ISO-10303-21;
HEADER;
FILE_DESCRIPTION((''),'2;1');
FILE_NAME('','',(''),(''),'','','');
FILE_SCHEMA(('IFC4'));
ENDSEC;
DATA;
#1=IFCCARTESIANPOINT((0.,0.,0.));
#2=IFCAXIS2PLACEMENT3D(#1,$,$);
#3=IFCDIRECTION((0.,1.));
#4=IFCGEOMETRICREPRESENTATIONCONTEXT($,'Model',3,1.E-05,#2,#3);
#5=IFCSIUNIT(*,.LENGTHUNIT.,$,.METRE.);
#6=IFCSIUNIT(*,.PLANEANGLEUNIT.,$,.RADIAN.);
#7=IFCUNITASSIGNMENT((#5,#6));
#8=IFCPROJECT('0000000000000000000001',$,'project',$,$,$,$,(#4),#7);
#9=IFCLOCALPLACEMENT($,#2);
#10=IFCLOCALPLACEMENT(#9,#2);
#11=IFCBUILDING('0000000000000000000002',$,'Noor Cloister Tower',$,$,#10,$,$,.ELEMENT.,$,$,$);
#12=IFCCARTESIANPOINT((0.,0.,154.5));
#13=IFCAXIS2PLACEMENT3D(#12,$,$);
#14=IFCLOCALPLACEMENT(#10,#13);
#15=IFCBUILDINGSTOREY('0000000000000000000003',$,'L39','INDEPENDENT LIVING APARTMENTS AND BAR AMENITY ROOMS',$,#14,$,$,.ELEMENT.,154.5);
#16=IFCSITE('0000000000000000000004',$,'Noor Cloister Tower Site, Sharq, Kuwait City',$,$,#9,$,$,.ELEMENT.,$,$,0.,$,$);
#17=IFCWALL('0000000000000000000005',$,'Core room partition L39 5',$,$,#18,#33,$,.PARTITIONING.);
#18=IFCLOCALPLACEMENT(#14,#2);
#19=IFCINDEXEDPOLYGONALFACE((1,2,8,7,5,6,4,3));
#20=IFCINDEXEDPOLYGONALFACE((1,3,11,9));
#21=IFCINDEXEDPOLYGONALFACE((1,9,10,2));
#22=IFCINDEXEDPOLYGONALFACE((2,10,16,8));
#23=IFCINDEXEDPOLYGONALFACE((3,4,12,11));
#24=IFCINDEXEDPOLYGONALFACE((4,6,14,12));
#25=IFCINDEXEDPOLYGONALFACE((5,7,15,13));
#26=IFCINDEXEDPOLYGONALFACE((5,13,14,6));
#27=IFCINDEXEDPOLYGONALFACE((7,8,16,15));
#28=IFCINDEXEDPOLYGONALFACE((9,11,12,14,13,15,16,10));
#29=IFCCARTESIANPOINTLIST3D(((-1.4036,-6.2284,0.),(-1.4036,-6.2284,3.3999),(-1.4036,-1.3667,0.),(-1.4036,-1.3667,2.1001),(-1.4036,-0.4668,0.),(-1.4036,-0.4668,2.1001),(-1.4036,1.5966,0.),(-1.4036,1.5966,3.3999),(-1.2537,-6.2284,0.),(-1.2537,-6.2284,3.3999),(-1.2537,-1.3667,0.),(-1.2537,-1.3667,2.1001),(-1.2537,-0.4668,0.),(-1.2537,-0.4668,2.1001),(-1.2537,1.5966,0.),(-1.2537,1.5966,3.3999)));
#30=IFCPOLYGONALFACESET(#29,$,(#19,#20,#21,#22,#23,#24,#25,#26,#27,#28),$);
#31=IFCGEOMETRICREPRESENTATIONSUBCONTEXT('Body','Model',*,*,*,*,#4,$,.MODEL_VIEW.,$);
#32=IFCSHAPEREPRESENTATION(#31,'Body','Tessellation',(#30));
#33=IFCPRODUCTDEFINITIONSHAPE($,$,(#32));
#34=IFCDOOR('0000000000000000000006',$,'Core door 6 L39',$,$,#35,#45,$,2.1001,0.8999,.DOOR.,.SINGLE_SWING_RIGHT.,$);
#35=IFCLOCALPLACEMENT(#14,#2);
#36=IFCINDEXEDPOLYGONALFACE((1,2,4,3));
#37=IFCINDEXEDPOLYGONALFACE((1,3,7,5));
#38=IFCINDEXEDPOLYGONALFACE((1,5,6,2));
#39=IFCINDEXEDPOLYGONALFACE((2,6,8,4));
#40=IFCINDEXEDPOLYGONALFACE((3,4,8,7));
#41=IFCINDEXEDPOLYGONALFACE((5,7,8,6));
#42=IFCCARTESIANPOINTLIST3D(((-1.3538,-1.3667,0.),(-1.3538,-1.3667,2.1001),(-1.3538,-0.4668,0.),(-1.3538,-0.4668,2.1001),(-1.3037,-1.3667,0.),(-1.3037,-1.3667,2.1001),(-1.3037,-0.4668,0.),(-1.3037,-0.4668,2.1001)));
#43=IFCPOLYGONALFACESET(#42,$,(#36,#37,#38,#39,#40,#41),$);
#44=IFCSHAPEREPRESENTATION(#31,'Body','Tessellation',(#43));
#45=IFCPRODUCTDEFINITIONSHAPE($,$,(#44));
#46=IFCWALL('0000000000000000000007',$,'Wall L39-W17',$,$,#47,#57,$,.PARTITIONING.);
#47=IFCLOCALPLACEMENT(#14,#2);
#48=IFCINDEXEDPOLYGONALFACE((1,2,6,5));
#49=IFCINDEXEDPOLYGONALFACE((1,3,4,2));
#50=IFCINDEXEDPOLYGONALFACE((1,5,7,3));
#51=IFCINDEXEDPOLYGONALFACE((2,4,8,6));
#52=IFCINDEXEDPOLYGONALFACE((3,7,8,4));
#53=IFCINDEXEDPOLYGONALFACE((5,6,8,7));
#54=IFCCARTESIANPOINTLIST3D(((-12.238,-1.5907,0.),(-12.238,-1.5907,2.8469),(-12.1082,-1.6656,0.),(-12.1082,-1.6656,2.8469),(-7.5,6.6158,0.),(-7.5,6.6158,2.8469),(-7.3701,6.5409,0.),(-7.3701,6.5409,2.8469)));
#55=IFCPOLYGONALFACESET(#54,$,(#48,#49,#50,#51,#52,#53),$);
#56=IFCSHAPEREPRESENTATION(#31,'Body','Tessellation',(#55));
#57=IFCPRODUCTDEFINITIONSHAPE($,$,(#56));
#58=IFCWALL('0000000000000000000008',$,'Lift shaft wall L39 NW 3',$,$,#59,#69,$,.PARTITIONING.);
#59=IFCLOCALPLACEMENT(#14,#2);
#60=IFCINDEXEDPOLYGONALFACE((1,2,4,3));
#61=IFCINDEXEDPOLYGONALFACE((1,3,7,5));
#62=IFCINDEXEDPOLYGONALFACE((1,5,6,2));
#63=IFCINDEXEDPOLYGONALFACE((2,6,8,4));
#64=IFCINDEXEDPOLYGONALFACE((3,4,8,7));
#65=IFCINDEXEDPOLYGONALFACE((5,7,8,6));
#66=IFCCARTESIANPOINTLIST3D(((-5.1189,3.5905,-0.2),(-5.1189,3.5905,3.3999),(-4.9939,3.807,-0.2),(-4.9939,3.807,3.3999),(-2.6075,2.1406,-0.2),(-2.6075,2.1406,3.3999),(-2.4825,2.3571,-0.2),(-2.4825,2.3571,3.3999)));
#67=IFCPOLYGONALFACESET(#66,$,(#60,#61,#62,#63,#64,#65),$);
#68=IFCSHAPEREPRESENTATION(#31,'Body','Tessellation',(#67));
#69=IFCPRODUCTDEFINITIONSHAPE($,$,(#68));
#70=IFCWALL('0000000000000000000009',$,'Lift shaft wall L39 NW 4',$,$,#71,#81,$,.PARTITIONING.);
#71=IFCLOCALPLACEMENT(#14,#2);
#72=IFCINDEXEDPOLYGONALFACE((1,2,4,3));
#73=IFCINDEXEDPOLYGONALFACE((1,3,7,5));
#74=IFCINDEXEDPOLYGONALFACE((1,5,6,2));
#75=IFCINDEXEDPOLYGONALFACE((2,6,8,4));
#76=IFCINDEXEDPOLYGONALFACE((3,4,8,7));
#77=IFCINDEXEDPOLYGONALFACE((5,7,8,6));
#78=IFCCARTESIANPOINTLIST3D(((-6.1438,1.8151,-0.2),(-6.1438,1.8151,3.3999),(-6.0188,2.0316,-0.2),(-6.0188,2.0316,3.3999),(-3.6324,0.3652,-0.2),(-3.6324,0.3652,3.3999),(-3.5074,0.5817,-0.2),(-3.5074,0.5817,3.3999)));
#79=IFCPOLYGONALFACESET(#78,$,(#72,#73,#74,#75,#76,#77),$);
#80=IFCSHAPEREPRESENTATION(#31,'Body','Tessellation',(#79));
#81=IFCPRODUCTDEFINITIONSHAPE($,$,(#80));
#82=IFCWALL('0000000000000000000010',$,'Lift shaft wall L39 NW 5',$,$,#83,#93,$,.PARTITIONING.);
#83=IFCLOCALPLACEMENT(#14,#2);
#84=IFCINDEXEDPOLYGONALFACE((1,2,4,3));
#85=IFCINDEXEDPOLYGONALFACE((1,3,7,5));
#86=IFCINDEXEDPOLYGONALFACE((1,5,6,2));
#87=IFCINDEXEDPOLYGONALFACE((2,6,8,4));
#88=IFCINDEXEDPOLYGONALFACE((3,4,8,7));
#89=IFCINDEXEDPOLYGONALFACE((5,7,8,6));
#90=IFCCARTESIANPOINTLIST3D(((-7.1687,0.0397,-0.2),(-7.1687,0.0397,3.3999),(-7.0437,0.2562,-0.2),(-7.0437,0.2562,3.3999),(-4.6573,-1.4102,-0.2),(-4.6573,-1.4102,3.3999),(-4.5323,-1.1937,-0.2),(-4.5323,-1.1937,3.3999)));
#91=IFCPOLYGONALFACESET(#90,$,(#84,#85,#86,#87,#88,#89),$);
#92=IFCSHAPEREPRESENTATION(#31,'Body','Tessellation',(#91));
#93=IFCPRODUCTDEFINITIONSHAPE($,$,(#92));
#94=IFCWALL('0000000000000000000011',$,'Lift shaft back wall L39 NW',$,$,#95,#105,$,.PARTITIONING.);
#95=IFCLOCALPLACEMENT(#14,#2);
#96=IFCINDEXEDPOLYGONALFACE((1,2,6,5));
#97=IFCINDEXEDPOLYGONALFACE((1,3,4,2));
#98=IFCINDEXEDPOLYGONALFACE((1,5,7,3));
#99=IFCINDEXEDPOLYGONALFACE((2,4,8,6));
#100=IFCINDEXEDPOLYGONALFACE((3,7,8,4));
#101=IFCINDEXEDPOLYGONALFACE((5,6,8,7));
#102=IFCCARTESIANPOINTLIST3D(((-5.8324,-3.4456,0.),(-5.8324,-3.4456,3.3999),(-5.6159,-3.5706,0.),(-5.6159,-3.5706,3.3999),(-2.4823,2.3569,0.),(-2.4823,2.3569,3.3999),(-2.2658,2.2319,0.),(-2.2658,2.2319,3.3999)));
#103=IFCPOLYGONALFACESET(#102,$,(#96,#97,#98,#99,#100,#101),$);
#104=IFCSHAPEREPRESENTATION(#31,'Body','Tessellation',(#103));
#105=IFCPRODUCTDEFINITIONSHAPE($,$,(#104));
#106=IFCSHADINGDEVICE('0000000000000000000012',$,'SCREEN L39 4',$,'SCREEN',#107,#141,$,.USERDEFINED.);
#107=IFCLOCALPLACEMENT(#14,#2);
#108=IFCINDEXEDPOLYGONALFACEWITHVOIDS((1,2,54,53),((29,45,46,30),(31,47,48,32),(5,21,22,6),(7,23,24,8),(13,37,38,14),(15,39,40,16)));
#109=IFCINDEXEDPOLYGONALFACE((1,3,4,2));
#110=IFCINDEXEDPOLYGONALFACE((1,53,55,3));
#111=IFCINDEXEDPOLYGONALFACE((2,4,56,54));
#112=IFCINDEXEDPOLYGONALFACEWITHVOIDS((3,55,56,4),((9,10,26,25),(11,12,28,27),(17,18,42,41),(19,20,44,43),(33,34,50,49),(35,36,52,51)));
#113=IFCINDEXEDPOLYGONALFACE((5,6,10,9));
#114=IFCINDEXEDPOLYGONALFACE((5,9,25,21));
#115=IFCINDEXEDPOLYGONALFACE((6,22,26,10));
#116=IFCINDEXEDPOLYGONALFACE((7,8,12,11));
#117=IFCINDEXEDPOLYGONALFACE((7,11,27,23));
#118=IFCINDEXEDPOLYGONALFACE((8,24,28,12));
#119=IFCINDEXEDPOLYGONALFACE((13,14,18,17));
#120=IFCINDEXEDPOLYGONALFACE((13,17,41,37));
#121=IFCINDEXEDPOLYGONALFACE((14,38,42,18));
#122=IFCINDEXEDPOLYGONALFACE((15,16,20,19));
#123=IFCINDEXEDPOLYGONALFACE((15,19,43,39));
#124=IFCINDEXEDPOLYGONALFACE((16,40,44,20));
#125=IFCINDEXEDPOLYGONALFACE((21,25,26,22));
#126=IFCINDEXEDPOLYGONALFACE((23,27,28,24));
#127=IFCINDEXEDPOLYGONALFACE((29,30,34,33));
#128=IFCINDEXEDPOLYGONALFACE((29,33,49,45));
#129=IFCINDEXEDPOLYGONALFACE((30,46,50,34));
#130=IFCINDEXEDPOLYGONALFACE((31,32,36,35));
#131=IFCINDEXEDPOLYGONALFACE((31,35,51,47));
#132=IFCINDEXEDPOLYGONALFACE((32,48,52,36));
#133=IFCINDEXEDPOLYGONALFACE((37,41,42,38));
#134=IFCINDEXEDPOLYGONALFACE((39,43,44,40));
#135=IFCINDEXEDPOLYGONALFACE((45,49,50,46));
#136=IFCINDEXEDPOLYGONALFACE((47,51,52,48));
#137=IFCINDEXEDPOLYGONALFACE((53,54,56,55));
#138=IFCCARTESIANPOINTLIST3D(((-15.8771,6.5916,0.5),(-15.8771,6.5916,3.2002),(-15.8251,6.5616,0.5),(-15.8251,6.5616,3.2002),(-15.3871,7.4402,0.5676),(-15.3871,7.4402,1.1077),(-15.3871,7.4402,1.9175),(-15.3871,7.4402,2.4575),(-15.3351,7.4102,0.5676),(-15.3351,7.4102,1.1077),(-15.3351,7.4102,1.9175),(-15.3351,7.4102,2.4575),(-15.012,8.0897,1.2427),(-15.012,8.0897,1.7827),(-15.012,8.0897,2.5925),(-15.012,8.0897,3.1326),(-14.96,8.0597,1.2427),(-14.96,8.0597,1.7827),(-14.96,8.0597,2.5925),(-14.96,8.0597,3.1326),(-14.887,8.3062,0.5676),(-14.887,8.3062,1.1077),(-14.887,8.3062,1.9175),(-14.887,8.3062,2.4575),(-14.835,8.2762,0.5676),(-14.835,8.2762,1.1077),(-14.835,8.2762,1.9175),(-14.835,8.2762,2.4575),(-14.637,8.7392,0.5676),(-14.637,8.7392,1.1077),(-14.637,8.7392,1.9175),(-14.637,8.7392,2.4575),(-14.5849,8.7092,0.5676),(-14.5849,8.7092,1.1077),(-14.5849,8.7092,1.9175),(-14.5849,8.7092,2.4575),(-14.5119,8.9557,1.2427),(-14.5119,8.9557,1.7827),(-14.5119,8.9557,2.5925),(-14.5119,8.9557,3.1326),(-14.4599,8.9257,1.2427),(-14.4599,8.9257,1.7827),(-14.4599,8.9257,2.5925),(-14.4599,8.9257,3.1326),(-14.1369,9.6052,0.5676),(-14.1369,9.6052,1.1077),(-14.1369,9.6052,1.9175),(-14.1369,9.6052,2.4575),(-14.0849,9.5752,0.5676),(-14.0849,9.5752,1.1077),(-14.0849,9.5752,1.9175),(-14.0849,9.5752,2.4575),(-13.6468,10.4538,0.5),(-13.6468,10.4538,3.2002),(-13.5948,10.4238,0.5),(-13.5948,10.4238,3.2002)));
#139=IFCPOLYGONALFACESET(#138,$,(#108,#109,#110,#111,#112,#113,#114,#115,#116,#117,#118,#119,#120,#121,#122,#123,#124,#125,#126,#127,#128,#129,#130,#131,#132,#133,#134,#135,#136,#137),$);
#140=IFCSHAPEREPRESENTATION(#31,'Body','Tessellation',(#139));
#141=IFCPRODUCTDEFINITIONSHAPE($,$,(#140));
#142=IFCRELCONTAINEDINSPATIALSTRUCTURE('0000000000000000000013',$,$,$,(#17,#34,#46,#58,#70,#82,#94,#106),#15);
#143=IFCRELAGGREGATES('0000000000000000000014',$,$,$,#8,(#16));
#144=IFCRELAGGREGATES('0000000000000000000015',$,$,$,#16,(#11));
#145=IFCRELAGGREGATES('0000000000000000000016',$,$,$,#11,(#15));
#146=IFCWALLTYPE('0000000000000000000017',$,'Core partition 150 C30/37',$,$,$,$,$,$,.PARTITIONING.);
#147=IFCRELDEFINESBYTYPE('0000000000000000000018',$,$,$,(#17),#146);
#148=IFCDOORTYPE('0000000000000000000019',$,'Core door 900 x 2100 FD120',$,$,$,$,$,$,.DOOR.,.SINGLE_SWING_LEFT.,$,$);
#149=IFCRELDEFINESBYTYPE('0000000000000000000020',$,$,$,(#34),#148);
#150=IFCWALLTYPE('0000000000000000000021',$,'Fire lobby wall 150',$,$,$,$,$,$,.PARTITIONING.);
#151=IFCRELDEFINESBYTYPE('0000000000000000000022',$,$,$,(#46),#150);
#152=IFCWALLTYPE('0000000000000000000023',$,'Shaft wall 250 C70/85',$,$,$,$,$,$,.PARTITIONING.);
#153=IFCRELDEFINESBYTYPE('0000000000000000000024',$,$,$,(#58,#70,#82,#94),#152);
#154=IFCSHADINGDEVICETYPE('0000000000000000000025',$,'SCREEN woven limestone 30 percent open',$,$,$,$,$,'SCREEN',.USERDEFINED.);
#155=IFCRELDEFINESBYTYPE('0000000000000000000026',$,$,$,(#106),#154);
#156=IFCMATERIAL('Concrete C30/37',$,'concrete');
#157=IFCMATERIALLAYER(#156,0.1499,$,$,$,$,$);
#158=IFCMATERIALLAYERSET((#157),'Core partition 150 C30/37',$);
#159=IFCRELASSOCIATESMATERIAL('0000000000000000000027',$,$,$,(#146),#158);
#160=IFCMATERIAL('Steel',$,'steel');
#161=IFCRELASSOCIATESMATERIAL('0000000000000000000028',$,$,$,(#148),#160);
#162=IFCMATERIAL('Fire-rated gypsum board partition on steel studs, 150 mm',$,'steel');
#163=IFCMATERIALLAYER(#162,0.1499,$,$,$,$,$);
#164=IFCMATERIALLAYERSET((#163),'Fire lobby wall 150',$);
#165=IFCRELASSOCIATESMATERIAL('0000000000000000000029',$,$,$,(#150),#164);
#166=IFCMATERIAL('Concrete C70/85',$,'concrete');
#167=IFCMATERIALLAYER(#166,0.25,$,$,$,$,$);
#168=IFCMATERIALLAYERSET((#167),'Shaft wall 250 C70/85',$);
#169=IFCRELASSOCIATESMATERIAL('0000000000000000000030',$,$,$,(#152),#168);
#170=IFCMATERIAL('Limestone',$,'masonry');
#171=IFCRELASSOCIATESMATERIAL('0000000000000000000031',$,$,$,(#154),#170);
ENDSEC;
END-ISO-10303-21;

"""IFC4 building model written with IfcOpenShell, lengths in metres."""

from ifc_helpers import new_model, si_unit, direction, frame, frame_2d, origin, place, context, subcontext, project, spatial, polyline, rectangle, outline, extrude, material, layer, layer_set, material_profile, profile_set, type_object, element, fill, save


model = new_model("IFC4")

# Units and contexts
model_context = context("Model", 3, precision=1e-05, world=origin(), true_north=direction((0.0, 1.0)))
body_context = subcontext(model_context, "Body", "Model", "MODEL_VIEW")
ifc_project = project(units=[si_unit("LENGTHUNIT", "METRE"), si_unit("PLANEANGLEUNIT", "RADIAN")], contexts=[model_context])

# Site, building, storey
site_placement = place(None, origin())
site = spatial("IfcSite", under=ifc_project, at=site_placement, Name="Noor Cloister Tower Site, Sharq, Kuwait City", CompositionType="ELEMENT", RefElevation=0.0)
building_placement = place(site_placement, origin())
building = spatial("IfcBuilding", under=site, at=building_placement, Name="Noor Cloister Tower", CompositionType="ELEMENT")
storey_placement = place(building_placement, frame((0.0, 0.0, 154.5)))
storey = spatial("IfcBuildingStorey", under=building, at=storey_placement, Name="L39", Description="INDEPENDENT LIVING APARTMENTS AND BAR AMENITY ROOMS", CompositionType="ELEMENT", Elevation=154.5)

# Shared definitions
ifc_material_1 = material(Name="Concrete C30/37", Category="concrete")
ifc_layer_1 = layer(ifc_material_1, 0.1499)
ifc_layer_set_1 = layer_set([ifc_layer_1], Name="Core partition 150 C30/37")
wall_type_1 = type_object("IfcWallType", Name="Core partition 150 C30/37", PredefinedType="PARTITIONING", material=ifc_layer_set_1)
ifc_material_2 = material(Name="Steel", Category="steel")
door_type = type_object("IfcDoorType", Name="Core door 900 x 2100 FD120", OperationType="SINGLE_SWING_LEFT", PredefinedType="DOOR", material=ifc_material_2)

# Wall, opening, door
wall_1_placement = place(storey_placement, frame((-1.3286, 1.5967, 0.0), z_axis=(0.0, 0.0, 1.0), x_axis=(0.0, -1.0, 0.0)))
wall_1 = element("IfcWall", 1, at=wall_1_placement, inside=storey, type_object=wall_type_1, Name="Core room partition L39 5", PredefinedType="PARTITIONING", context=body_context, shape_type="SweptSolid", body=[
    extrude(rectangle(XDim=7.825, YDim=0.1499, at=frame_2d((3.9126, 0.0))), origin(), (0.0, 0.0, 1.0), 3.3999),
])
opening_1_placement = place(wall_1_placement, frame((2.0635, 0.0, 0.0)))
opening_1 = element("IfcOpeningElement", 2, at=opening_1_placement, cuts=wall_1, PredefinedType="OPENING", context=body_context, shape_type="SweptSolid", body=[
    extrude(rectangle(XDim=0.8999, YDim=2.1001, at=frame_2d((0.45, 1.05))), frame((0.0, 0.085, 0.0), z_axis=(0.0, -1.0, 0.0), x_axis=(1.0, 0.0, 0.0)), (0.0, 0.0, 1.0), 0.1699),
])
door_1_placement = place(opening_1_placement, origin())
door_1 = element("IfcDoor", 3, at=door_1_placement, inside=storey, type_object=door_type, Name="Core door 6 L39", OperationType="SINGLE_SWING_RIGHT", OverallHeight=2.1001, OverallWidth=0.8999, PredefinedType="DOOR", context=body_context, shape_type="SweptSolid", body=[
    extrude(rectangle(XDim=0.8999, YDim=2.1001, at=frame_2d((0.45, 1.05))), frame((0.0, 0.0249, 0.0), z_axis=(0.0, -1.0, 0.0), x_axis=(1.0, 0.0, 0.0)), (0.0, 0.0, 1.0), 0.05),
])
fill(opening_1, door_1)

# Walls
ifc_material_3 = material(Name="Fire-rated gypsum board partition on steel studs, 150 mm", Category="steel")
ifc_layer_2 = layer(ifc_material_3, 0.1499)
ifc_layer_set_2 = layer_set([ifc_layer_2], Name="Fire lobby wall 150")
wall_type_2 = type_object("IfcWallType", Name="Fire lobby wall 150", PredefinedType="PARTITIONING", material=ifc_layer_set_2)
wall_2_placement = place(storey_placement, frame((-7.4351, 6.5784, 0.0), z_axis=(0.0, 0.0, 1.0), x_axis=(-0.499999, -0.866026, 0.0)))
element("IfcWall", 4, at=wall_2_placement, inside=storey, type_object=wall_type_2, Name="Wall L39-W17", PredefinedType="PARTITIONING", context=body_context, shape_type="SweptSolid", body=[
    extrude(rectangle(XDim=9.4761, YDim=0.1499, at=frame_2d((4.738, 0.0))), origin(), (0.0, 0.0, 1.0), 2.8469),
])
ifc_material_4 = material(Name="Concrete C70/85", Category="concrete")
ifc_layer_3 = layer(ifc_material_4, 0.25)
ifc_layer_set_3 = layer_set([ifc_layer_3], Name="Shaft wall 250 C70/85")
wall_type_3 = type_object("IfcWallType", Name="Shaft wall 250 C70/85", PredefinedType="PARTITIONING", material=ifc_layer_set_3)
for number, where, z_axis, x_axis, name in (
    (5, (-5.0564, 3.6987, -0.2), (0.0, 0.0, 1.0), (0.866033, -0.499987, 0.0), "Lift shaft wall L39 NW 3"),
    (6, (-6.0813, 1.9233, -0.2), (0.0, 0.0, 1.0), (0.866033, -0.499987, 0.0), "Lift shaft wall L39 NW 4"),
    (7, (-7.1062, 0.1479, -0.2), (0.0, 0.0, 1.0), (0.866033, -0.499987, 0.0), "Lift shaft wall L39 NW 5"),
):
    element("IfcWall", number, at=place(storey_placement, frame(where, z_axis=z_axis, x_axis=x_axis)), inside=storey, type_object=wall_type_3, Name=name, PredefinedType="PARTITIONING", context=body_context, shape_type="SweptSolid", body=[
        extrude(rectangle(XDim=2.8999, YDim=0.25, at=frame_2d((1.45, 0.0))), origin(), (0.0, 0.0, 1.0), 3.5999),
    ])
wall_3_placement = place(storey_placement, frame((-2.374, 2.2944, 0.0), z_axis=(0.0, 0.0, 1.0), x_axis=(-0.500003, -0.866024, 0.0)))
element("IfcWall", 8, at=wall_3_placement, inside=storey, type_object=wall_type_3, Name="Lift shaft back wall L39 NW", PredefinedType="PARTITIONING", context=body_context, shape_type="SweptSolid", body=[
    extrude(rectangle(XDim=6.7002, YDim=0.25, at=frame_2d((3.3501, 0.0))), origin(), (0.0, 0.0, 1.0), 3.3999),
])

# Shading device
ifc_material_5 = material(Name="Limestone", Category="masonry")
ifc_material_profile_1 = material_profile(ifc_material_5, outline(polyline([(-2.23, -1.3501), (2.23, -1.3501), (2.23, 1.3501), (-2.23, 1.3501), (-2.23, -1.3501)]), holes=[polyline([(-1.25, -1.2825), (-0.25, -1.2825), (-0.25, -0.7424), (-1.25, -0.7424), (-1.25, -1.2825)]), polyline([(0.25, -1.2825), (1.25, -1.2825), (1.25, -0.7424), (0.25, -0.7424), (0.25, -1.2825)]), polyline([(-0.5, -0.6074), (0.5, -0.6074), (0.5, -0.0674), (-0.5, -0.0674), (-0.5, -0.6074)]), polyline([(-1.25, 0.0674), (-0.25, 0.0674), (-0.25, 0.6074), (-1.25, 0.6074), (-1.25, 0.0674)]), polyline([(0.25, 0.0674), (1.25, 0.0674), (1.25, 0.6074), (0.25, 0.6074), (0.25, 0.0674)]), polyline([(-0.5, 0.7424), (0.5, 0.7424), (0.5, 1.2825), (-0.5, 1.2825), (-0.5, 0.7424)])]), Name="Woven screen 30 percent open")
ifc_profile_set_1 = profile_set([ifc_material_profile_1], Name="Limestone")
shading_device_type = type_object("IfcShadingDeviceType", Name="SCREEN woven limestone 30 percent open", ElementType="SCREEN", PredefinedType="USERDEFINED", material=ifc_profile_set_1)
shading_device_placement = place(storey_placement, frame((-14.71, 8.4927, 1.8501), z_axis=(-0.865982, 0.500074, 0.0), x_axis=(-0.500074, -0.865982, 0.0)))
element("IfcShadingDevice", 9, at=shading_device_placement, inside=storey, type_object=shading_device_type, Name="SCREEN L39 4", ObjectType="SCREEN", PredefinedType="USERDEFINED", context=body_context, shape_type="SweptSolid", body=[
    extrude(outline(polyline([(-2.23, -1.3501), (2.23, -1.3501), (2.23, 1.3501), (-2.23, 1.3501), (-2.23, -1.3501)]), holes=[polyline([(-1.25, -1.2825), (-0.25, -1.2825), (-0.25, -0.7424), (-1.25, -0.7424), (-1.25, -1.2825)]), polyline([(0.25, -1.2825), (1.25, -1.2825), (1.25, -0.7424), (0.25, -0.7424), (0.25, -1.2825)]), polyline([(-0.5, -0.6074), (0.5, -0.6074), (0.5, -0.0674), (-0.5, -0.0674), (-0.5, -0.6074)]), polyline([(-1.25, 0.0674), (-0.25, 0.0674), (-0.25, 0.6074), (-1.25, 0.6074), (-1.25, 0.0674)]), polyline([(0.25, 0.0674), (1.25, 0.0674), (1.25, 0.6074), (0.25, 0.6074), (0.25, 0.0674)]), polyline([(-0.5, 0.7424), (0.5, 0.7424), (0.5, 1.2825), (-0.5, 1.2825), (-0.5, 0.7424)])]), origin(), (0.0, 0.0, 1.0), 0.0601),
])

save(model, "model.ifc")
